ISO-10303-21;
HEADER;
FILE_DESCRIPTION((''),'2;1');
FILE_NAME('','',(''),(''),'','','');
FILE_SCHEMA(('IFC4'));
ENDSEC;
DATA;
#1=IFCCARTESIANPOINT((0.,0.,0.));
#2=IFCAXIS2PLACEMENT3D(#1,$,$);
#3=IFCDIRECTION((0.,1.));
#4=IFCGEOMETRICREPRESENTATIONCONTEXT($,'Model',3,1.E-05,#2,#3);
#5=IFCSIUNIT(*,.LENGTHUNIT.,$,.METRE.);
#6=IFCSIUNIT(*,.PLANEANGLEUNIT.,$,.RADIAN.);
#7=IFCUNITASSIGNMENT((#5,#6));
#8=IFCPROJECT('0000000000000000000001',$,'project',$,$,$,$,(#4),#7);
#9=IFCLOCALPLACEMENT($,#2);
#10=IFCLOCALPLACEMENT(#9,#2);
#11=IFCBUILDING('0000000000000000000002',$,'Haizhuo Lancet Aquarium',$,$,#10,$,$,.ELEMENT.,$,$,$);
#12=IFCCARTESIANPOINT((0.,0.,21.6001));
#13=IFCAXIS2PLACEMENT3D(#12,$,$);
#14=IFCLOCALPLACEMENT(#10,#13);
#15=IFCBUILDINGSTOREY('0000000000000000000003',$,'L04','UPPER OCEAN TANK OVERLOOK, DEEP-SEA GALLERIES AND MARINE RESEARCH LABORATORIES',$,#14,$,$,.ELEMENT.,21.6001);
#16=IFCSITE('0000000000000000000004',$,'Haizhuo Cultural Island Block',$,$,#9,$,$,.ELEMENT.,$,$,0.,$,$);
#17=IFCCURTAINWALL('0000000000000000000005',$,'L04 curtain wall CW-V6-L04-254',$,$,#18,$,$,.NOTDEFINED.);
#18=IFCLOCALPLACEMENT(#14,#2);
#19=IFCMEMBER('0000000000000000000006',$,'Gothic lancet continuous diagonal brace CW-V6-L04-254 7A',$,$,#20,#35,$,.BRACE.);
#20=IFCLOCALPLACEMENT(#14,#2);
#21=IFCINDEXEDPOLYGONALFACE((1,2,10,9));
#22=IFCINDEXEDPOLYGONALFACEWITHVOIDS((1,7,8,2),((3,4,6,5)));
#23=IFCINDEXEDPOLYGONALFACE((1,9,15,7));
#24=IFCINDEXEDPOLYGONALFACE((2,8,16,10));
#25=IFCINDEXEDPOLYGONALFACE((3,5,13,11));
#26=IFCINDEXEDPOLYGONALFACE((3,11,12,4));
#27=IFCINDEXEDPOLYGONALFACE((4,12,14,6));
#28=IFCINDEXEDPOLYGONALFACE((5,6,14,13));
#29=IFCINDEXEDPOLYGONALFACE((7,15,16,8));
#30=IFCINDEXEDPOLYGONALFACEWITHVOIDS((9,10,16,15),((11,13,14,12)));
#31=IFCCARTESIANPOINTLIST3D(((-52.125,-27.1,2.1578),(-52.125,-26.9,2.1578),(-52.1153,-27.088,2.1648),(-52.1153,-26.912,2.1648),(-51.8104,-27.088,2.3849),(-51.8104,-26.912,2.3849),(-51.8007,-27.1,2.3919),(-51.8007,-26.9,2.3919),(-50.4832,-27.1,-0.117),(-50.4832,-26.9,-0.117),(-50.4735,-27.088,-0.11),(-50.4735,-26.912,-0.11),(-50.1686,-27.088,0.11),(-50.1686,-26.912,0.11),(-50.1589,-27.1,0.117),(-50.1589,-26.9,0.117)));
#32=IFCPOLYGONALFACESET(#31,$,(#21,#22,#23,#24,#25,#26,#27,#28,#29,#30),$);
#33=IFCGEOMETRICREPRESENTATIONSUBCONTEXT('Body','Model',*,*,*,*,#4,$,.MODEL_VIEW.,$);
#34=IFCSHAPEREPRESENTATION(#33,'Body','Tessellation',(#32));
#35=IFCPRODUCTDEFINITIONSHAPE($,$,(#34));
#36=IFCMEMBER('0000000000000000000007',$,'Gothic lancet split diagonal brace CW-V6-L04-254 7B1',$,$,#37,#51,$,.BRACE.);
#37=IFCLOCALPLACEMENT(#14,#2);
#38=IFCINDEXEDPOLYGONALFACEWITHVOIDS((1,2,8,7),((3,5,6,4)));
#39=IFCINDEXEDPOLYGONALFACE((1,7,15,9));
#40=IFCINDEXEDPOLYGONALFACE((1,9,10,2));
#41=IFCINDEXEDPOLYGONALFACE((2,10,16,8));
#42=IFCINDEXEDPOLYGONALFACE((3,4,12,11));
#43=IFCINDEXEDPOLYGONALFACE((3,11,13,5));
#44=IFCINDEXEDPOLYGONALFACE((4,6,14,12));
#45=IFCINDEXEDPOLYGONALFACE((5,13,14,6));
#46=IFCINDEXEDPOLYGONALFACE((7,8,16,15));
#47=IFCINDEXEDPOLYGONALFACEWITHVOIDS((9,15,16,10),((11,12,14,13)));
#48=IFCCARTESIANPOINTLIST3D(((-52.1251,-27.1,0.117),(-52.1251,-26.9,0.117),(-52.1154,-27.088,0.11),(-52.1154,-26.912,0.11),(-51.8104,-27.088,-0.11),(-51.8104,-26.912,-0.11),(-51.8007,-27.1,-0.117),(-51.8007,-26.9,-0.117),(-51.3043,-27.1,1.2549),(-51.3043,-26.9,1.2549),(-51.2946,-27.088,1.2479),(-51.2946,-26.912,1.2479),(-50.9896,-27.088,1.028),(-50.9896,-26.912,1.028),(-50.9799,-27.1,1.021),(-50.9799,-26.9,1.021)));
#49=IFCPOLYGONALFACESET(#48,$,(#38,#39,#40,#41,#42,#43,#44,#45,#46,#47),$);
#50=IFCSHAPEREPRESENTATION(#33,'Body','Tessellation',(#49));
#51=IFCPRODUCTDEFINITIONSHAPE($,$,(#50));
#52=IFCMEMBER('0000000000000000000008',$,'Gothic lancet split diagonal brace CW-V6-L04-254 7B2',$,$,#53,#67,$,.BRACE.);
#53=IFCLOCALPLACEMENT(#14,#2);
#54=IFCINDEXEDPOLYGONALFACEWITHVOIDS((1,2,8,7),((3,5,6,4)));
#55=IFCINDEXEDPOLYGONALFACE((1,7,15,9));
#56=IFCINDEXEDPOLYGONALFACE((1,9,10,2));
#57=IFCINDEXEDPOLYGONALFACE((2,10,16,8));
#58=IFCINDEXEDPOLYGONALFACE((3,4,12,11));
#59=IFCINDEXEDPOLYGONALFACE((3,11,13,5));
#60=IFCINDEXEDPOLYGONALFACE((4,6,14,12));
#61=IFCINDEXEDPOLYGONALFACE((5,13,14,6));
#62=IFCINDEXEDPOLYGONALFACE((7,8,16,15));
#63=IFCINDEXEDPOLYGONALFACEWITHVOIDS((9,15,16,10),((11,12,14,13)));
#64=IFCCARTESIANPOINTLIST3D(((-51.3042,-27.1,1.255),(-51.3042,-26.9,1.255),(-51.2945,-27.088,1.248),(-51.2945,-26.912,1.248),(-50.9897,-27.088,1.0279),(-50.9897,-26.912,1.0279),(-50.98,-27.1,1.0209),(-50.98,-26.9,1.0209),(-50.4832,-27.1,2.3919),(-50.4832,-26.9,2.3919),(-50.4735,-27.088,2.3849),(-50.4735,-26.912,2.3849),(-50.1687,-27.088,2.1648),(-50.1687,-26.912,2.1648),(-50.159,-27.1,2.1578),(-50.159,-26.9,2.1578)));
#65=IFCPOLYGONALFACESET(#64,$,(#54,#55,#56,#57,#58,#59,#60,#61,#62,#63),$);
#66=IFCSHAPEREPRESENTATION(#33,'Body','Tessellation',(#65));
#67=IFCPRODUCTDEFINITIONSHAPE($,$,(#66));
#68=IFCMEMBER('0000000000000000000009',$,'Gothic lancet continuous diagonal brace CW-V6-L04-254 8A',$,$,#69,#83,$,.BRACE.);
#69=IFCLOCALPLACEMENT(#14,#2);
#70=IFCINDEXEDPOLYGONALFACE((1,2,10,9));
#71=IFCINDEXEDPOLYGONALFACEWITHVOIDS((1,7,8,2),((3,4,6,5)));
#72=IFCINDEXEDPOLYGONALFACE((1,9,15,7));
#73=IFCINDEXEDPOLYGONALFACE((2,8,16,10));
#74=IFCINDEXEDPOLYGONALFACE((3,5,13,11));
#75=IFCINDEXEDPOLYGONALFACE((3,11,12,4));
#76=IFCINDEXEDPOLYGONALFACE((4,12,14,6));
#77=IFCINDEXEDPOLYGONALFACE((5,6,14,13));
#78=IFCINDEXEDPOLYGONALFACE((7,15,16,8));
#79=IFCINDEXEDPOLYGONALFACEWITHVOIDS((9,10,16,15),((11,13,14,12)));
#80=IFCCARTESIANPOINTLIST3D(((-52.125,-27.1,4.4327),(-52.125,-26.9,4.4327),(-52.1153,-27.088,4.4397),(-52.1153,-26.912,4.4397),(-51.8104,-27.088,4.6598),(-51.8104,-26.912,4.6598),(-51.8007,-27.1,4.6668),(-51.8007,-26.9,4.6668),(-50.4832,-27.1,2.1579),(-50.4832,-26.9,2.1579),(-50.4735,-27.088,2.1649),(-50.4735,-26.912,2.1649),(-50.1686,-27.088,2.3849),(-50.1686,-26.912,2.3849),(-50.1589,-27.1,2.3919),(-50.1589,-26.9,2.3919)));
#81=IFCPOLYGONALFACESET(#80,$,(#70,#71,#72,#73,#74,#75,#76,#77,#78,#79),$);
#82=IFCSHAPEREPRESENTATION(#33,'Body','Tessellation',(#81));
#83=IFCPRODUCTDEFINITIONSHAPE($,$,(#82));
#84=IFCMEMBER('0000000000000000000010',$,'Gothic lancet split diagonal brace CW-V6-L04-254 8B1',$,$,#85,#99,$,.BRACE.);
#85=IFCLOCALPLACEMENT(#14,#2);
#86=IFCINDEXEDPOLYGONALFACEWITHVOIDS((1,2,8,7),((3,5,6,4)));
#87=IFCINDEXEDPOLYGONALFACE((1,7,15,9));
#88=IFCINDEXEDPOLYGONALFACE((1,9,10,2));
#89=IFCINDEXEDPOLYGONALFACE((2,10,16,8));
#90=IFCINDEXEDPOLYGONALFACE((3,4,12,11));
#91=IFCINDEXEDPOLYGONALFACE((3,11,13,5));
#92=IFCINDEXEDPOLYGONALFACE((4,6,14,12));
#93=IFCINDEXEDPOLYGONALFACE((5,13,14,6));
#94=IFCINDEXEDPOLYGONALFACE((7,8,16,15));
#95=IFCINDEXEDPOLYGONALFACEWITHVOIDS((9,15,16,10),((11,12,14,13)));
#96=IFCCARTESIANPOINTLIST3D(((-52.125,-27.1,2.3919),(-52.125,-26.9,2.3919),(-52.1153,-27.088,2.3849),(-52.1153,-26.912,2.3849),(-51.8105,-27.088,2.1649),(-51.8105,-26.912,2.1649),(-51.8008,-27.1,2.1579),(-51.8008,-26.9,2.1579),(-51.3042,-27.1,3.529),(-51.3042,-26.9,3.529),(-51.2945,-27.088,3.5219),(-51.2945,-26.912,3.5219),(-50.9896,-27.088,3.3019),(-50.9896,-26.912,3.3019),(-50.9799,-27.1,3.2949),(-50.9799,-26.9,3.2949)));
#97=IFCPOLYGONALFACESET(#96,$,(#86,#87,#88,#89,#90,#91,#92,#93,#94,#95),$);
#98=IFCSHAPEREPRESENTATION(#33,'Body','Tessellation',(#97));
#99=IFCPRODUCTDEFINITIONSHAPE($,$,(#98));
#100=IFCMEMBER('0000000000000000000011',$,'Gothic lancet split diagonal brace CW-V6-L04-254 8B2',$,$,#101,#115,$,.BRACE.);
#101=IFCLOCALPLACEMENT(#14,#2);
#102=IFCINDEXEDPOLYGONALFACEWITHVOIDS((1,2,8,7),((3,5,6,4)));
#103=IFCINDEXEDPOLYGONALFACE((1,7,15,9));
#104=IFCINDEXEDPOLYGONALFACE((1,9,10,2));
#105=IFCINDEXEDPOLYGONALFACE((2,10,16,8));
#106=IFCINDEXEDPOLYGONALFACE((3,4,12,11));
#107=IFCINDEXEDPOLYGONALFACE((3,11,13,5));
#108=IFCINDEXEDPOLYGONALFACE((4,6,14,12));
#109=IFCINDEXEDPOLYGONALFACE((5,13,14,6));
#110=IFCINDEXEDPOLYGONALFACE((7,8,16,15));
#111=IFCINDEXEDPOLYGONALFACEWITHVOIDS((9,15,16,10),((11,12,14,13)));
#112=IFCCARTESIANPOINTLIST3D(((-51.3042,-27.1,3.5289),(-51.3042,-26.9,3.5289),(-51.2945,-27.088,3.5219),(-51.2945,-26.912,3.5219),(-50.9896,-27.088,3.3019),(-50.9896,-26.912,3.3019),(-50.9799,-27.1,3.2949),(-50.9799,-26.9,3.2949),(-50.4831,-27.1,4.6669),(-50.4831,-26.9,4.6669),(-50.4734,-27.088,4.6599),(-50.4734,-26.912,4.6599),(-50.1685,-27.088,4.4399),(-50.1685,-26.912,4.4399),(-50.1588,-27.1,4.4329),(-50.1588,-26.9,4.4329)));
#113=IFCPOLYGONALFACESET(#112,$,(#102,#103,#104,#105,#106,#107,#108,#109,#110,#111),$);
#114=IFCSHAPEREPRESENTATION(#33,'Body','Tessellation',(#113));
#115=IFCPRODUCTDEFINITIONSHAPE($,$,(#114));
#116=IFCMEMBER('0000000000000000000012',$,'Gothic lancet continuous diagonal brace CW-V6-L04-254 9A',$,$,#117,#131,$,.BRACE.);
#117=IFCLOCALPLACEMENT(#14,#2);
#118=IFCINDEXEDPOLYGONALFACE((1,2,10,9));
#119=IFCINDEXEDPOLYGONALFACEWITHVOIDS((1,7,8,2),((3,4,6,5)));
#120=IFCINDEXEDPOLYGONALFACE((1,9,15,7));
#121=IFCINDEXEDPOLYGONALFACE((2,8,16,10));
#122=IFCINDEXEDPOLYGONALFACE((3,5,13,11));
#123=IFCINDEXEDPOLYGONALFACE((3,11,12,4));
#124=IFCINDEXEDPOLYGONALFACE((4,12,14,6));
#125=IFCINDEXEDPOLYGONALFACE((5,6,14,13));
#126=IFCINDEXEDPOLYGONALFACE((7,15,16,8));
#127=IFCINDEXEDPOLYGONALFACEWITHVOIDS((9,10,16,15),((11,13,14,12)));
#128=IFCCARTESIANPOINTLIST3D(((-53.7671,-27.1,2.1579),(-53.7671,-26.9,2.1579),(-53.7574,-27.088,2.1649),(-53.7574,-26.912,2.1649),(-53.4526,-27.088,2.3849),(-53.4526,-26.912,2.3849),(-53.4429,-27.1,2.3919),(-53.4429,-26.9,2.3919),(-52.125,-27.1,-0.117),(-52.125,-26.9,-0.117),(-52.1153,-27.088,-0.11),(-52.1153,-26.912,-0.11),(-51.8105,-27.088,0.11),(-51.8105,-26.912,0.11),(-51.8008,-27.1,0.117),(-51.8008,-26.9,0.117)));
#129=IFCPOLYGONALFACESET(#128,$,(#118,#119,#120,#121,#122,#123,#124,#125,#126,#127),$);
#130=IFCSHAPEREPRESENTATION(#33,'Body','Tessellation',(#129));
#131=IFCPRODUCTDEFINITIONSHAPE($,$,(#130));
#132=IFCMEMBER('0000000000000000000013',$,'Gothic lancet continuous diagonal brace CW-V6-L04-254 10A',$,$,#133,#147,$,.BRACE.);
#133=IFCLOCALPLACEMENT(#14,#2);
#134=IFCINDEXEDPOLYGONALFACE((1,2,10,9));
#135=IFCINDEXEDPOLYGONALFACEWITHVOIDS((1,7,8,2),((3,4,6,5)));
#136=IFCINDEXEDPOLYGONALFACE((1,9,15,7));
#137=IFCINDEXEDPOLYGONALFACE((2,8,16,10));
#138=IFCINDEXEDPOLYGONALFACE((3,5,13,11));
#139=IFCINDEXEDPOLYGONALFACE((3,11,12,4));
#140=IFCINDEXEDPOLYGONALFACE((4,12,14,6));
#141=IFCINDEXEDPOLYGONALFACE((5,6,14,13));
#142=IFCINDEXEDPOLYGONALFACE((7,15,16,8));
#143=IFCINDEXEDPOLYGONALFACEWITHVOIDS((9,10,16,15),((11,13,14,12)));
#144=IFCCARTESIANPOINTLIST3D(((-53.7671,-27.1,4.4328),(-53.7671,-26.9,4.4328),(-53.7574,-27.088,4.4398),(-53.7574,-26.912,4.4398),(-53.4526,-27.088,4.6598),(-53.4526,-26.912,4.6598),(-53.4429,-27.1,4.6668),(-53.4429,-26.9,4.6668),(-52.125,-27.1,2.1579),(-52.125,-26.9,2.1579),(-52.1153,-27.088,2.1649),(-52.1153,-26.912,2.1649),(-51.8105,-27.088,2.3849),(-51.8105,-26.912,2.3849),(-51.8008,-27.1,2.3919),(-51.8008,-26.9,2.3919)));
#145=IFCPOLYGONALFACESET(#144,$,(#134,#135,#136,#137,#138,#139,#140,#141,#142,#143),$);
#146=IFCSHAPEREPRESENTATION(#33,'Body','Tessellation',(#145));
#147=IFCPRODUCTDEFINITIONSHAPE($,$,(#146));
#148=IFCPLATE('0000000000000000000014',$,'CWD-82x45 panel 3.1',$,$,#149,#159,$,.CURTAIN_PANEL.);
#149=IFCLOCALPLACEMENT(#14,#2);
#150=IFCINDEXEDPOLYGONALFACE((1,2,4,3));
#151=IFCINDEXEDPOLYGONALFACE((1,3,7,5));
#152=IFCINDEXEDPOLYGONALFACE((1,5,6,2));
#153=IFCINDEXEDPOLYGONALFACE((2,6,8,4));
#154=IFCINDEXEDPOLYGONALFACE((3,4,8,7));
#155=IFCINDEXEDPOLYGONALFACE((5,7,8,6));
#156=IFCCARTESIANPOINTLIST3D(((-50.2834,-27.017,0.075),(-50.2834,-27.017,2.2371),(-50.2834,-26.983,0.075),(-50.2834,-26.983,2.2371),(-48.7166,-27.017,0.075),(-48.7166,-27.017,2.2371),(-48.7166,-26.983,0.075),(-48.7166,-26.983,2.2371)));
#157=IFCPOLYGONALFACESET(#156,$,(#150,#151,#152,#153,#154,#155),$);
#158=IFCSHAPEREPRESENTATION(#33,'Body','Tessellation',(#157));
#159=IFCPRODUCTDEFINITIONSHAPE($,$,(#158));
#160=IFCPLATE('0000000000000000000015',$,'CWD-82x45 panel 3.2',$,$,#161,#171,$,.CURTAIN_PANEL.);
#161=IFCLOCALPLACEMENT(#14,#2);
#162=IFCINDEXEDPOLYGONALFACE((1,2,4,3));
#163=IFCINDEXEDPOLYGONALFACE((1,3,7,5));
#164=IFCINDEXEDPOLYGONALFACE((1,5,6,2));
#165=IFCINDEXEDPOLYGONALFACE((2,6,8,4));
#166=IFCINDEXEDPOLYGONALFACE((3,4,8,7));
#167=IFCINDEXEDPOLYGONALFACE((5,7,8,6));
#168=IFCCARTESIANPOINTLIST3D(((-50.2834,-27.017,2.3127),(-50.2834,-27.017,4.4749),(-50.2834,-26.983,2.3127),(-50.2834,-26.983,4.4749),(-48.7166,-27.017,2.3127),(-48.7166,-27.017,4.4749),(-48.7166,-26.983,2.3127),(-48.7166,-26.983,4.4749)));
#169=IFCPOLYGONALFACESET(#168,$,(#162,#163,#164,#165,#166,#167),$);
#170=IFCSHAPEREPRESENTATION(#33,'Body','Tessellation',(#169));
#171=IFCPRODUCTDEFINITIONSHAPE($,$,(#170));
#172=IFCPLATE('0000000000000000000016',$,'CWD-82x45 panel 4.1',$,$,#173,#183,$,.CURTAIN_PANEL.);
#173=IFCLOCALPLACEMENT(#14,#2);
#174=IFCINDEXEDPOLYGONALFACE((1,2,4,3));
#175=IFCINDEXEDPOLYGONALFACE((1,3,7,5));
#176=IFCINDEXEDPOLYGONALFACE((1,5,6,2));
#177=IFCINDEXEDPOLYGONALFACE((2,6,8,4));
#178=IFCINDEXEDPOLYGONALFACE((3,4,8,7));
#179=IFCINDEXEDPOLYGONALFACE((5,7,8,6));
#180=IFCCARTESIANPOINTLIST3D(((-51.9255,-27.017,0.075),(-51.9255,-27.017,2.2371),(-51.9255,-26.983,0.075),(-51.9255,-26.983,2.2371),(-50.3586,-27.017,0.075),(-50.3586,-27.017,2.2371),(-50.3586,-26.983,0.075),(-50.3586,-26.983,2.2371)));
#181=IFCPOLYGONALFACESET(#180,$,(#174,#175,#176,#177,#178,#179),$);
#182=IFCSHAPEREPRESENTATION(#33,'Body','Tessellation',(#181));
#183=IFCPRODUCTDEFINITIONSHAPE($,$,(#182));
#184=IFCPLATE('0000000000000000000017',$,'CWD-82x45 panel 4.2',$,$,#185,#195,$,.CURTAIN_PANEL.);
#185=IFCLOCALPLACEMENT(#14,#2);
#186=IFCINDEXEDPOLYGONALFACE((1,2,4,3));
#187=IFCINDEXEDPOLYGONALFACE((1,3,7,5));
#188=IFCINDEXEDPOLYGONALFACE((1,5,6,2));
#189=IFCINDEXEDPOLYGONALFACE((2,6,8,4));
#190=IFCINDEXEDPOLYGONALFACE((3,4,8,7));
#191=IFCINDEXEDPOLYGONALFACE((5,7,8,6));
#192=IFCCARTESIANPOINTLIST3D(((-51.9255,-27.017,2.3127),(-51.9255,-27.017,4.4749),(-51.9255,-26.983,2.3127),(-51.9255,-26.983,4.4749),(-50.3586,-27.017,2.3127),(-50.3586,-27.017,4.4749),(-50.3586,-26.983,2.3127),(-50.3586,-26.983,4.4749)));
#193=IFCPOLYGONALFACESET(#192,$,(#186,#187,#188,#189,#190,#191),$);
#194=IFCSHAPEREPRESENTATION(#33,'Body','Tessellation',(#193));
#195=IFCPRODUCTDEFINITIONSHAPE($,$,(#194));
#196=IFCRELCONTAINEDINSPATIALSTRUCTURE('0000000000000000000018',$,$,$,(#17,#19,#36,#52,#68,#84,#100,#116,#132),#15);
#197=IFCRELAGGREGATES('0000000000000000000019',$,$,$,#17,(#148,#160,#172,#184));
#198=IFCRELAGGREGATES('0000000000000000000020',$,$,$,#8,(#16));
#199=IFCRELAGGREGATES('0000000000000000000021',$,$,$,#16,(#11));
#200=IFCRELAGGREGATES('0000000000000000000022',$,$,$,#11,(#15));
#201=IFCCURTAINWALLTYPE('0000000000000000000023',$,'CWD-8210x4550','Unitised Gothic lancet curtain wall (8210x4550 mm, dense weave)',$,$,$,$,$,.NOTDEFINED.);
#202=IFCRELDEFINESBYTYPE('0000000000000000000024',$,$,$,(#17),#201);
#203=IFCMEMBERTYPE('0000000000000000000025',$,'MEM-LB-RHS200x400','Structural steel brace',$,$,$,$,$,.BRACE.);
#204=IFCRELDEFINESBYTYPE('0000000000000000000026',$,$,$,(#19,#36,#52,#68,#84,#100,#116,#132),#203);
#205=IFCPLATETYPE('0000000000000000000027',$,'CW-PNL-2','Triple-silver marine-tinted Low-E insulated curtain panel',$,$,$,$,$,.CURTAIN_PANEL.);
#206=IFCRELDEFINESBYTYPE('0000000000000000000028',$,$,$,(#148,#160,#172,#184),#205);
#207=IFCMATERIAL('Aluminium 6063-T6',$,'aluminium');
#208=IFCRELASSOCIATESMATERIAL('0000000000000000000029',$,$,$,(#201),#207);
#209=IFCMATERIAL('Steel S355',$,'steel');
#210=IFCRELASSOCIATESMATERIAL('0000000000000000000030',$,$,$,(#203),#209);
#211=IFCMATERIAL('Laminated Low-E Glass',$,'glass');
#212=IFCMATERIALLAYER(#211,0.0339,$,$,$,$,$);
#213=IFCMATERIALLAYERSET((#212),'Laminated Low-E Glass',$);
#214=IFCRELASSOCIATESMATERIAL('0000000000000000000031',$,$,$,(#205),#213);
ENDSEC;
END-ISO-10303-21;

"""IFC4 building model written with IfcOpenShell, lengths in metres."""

from ifc_helpers import new_model, si_unit, direction, frame, origin, origin_2d, place, context, subcontext, project, spatial, rectangle, hollow_rectangle, extrude, material, layer, layer_set, material_profile, profile_set, type_object, element, aggregate, save


model = new_model("IFC4")

# Units and contexts
model_context = context("Model", 3, precision=1e-05, world=origin(), true_north=direction((0.0, 1.0)))
body_context = subcontext(model_context, "Body", "Model", "MODEL_VIEW")
ifc_project = project(units=[si_unit("LENGTHUNIT", "METRE"), si_unit("PLANEANGLEUNIT", "RADIAN")], contexts=[model_context])

# Site, building, storey
site_placement = place(None, origin())
site = spatial("IfcSite", under=ifc_project, at=site_placement, Name="Haizhuo Cultural Island Block", CompositionType="ELEMENT", RefElevation=0.0)
building_placement = place(site_placement, origin())
building = spatial("IfcBuilding", under=site, at=building_placement, Name="Haizhuo Lancet Aquarium", CompositionType="ELEMENT")
storey_placement = place(building_placement, frame((0.0, 0.0, 21.6001)))
storey = spatial("IfcBuildingStorey", under=building, at=storey_placement, Name="L04", Description="UPPER OCEAN TANK OVERLOOK, DEEP-SEA GALLERIES AND MARINE RESEARCH LABORATORIES", CompositionType="ELEMENT", Elevation=21.6001)

# Curtain wall
ifc_material_1 = material(Name="Aluminium 6063-T6", Category="aluminium")
curtain_wall_type = type_object("IfcCurtainWallType", Name="CWD-8210x4550", Description="Unitised Gothic lancet curtain wall (8210x4550 mm, dense weave)", PredefinedType="NOTDEFINED", material=ifc_material_1)
curtain_wall_placement = place(storey_placement, origin())
curtain_wall = element("IfcCurtainWall", 1, at=curtain_wall_placement, inside=storey, type_object=curtain_wall_type, Name="L04 curtain wall CW-V6-L04-254", PredefinedType="NOTDEFINED")

# Members
ifc_material_2 = material(Name="Steel S355", Category="steel")
ifc_material_profile_1 = material_profile(ifc_material_2, hollow_rectangle(XDim=0.2, YDim=0.3999, WallThickness=0.012, at=origin_2d()), Name="RHS 200x400x12")
ifc_profile_set_1 = profile_set([ifc_material_profile_1], Name="Steel S355")
member_type_1 = type_object("IfcMemberType", Name="MEM-LB-RHS200x400", Description="Structural steel brace", PredefinedType="BRACE", material=ifc_profile_set_1)
member_1_placement = place(storey_placement, frame((-50.321, -27.0, 0.0), z_axis=(-0.585224, 0.0, 0.810872), x_axis=(0.0, -1.0, 0.0)))
element("IfcMember", 2, at=member_1_placement, inside=storey, type_object=member_type_1, Name="Gothic lancet continuous diagonal brace CW-V6-L04-254 7A", PredefinedType="BRACE", context=body_context, shape_type="SweptSolid", body=[
    extrude(hollow_rectangle(XDim=0.2, YDim=0.3999, WallThickness=0.012, at=origin_2d()), origin(), (0.0, 0.0, 1.0), 2.8054),
])
member_2_placement = place(storey_placement, frame((-51.9629, -27.0, 0.0), z_axis=(0.585001, 0.0, 0.811032), x_axis=(0.0, 1.0, 0.0)))
element("IfcMember", 3, at=member_2_placement, inside=storey, type_object=member_type_1, Name="Gothic lancet split diagonal brace CW-V6-L04-254 7B1", PredefinedType="BRACE", context=body_context, shape_type="SweptSolid", body=[
    extrude(hollow_rectangle(XDim=0.2, YDim=0.3999, WallThickness=0.012, at=origin_2d()), origin(), (0.0, 0.0, 1.0), 1.4031),
])
member_3_placement = place(storey_placement, frame((-51.1421, -27.0, 1.1379), z_axis=(0.585446, 0.0, 0.810711), x_axis=(0.0, 1.0, 0.0)))
element("IfcMember", 4, at=member_3_placement, inside=storey, type_object=member_type_1, Name="Gothic lancet split diagonal brace CW-V6-L04-254 7B2", PredefinedType="BRACE", context=body_context, shape_type="SweptSolid", body=[
    extrude(hollow_rectangle(XDim=0.2, YDim=0.3999, WallThickness=0.012, at=origin_2d()), origin(), (0.0, 0.0, 1.0), 1.4023),
])
member_4_placement = place(storey_placement, frame((-50.321, -27.0, 2.2749), z_axis=(-0.585224, 0.0, 0.810872), x_axis=(0.0, -1.0, 0.0)))
element("IfcMember", 5, at=member_4_placement, inside=storey, type_object=member_type_1, Name="Gothic lancet continuous diagonal brace CW-V6-L04-254 8A", PredefinedType="BRACE", context=body_context, shape_type="SweptSolid", body=[
    extrude(hollow_rectangle(XDim=0.2, YDim=0.3999, WallThickness=0.012, at=origin_2d()), origin(), (0.0, 0.0, 1.0), 2.8054),
])
member_5_placement = place(storey_placement, frame((-51.9629, -27.0, 2.2749), z_axis=(0.585332, 0.0, 0.810794), x_axis=(0.0, 1.0, 0.0)))
element("IfcMember", 6, at=member_5_placement, inside=storey, type_object=member_type_1, Name="Gothic lancet split diagonal brace CW-V6-L04-254 8B1", PredefinedType="BRACE", context=body_context, shape_type="SweptSolid", body=[
    extrude(hollow_rectangle(XDim=0.2, YDim=0.3999, WallThickness=0.012, at=origin_2d()), origin(), (0.0, 0.0, 1.0), 1.4023),
])
member_6_placement = place(storey_placement, frame((-51.1421, -27.0, 3.4119), z_axis=(0.585116, 0.0, 0.81095), x_axis=(0.0, 1.0, 0.0)))
element("IfcMember", 7, at=member_6_placement, inside=storey, type_object=member_type_1, Name="Gothic lancet split diagonal brace CW-V6-L04-254 8B2", PredefinedType="BRACE", context=body_context, shape_type="SweptSolid", body=[
    extrude(hollow_rectangle(XDim=0.2, YDim=0.3999, WallThickness=0.012, at=origin_2d()), origin(), (0.0, 0.0, 1.0), 1.4033),
])
for number, where, z_axis, x_axis, name in (
    (8, (-51.9629, -27.0, 0.0), (-0.585281, 0.0, 0.810831), (0.0, -1.0, 0.0), "Gothic lancet continuous diagonal brace CW-V6-L04-254 9A"),
    (9, (-51.9629, -27.0, 2.2749), (-0.585281, 0.0, 0.810831), (0.0, -1.0, 0.0), "Gothic lancet continuous diagonal brace CW-V6-L04-254 10A"),
):
    element("IfcMember", number, at=place(storey_placement, frame(where, z_axis=z_axis, x_axis=x_axis)), inside=storey, type_object=member_type_1, Name=name, PredefinedType="BRACE", context=body_context, shape_type="SweptSolid", body=[
        extrude(hollow_rectangle(XDim=0.2, YDim=0.3999, WallThickness=0.012, at=origin_2d()), origin(), (0.0, 0.0, 1.0), 2.8057),
    ])

# Plates
ifc_material_3 = material(Name="Laminated Low-E Glass", Category="glass")
ifc_layer = layer(ifc_material_3, 0.0339)
ifc_layer_set = layer_set([ifc_layer], Name="Laminated Low-E Glass")
plate_type = type_object("IfcPlateType", Name="CW-PNL-2", Description="Triple-silver marine-tinted Low-E insulated curtain panel", PredefinedType="CURTAIN_PANEL", material=ifc_layer_set)
plate_1_placement = place(storey_placement, frame((-49.5, -27.0, 0.075), z_axis=(0.0, 0.0, 1.0), x_axis=(-1.0, 0.0, 0.0)))
plate_1 = element("IfcPlate", 10, at=plate_1_placement, type_object=plate_type, Name="CWD-82x45 panel 3.1", PredefinedType="CURTAIN_PANEL", context=body_context, shape_type="SweptSolid", body=[
    extrude(rectangle(XDim=1.5669, YDim=0.0339, at=origin_2d()), origin(), (0.0, 0.0, 1.0), 2.1621),
])
plate_2_placement = place(storey_placement, frame((-49.5, -27.0, 2.3127), z_axis=(0.0, 0.0, 1.0), x_axis=(-1.0, 0.0, 0.0)))
plate_2 = element("IfcPlate", 11, at=plate_2_placement, type_object=plate_type, Name="CWD-82x45 panel 3.2", PredefinedType="CURTAIN_PANEL", context=body_context, shape_type="SweptSolid", body=[
    extrude(rectangle(XDim=1.5669, YDim=0.0339, at=origin_2d()), origin(), (0.0, 0.0, 1.0), 2.1621),
])
plate_3_placement = place(storey_placement, frame((-51.1421, -27.0, 0.075), z_axis=(0.0, 0.0, 1.0), x_axis=(-1.0, 0.0, 0.0)))
plate_3 = element("IfcPlate", 12, at=plate_3_placement, type_object=plate_type, Name="CWD-82x45 panel 4.1", PredefinedType="CURTAIN_PANEL", context=body_context, shape_type="SweptSolid", body=[
    extrude(rectangle(XDim=1.5669, YDim=0.0339, at=origin_2d()), origin(), (0.0, 0.0, 1.0), 2.1621),
])
plate_4_placement = place(storey_placement, frame((-51.1421, -27.0, 2.3127), z_axis=(0.0, 0.0, 1.0), x_axis=(-1.0, 0.0, 0.0)))
plate_4 = element("IfcPlate", 13, at=plate_4_placement, type_object=plate_type, Name="CWD-82x45 panel 4.2", PredefinedType="CURTAIN_PANEL", context=body_context, shape_type="SweptSolid", body=[
    extrude(rectangle(XDim=1.5669, YDim=0.0339, at=origin_2d()), origin(), (0.0, 0.0, 1.0), 2.1621),
])
aggregate(curtain_wall, [plate_1, plate_2, plate_3, plate_4])

save(model, "model.ifc")
